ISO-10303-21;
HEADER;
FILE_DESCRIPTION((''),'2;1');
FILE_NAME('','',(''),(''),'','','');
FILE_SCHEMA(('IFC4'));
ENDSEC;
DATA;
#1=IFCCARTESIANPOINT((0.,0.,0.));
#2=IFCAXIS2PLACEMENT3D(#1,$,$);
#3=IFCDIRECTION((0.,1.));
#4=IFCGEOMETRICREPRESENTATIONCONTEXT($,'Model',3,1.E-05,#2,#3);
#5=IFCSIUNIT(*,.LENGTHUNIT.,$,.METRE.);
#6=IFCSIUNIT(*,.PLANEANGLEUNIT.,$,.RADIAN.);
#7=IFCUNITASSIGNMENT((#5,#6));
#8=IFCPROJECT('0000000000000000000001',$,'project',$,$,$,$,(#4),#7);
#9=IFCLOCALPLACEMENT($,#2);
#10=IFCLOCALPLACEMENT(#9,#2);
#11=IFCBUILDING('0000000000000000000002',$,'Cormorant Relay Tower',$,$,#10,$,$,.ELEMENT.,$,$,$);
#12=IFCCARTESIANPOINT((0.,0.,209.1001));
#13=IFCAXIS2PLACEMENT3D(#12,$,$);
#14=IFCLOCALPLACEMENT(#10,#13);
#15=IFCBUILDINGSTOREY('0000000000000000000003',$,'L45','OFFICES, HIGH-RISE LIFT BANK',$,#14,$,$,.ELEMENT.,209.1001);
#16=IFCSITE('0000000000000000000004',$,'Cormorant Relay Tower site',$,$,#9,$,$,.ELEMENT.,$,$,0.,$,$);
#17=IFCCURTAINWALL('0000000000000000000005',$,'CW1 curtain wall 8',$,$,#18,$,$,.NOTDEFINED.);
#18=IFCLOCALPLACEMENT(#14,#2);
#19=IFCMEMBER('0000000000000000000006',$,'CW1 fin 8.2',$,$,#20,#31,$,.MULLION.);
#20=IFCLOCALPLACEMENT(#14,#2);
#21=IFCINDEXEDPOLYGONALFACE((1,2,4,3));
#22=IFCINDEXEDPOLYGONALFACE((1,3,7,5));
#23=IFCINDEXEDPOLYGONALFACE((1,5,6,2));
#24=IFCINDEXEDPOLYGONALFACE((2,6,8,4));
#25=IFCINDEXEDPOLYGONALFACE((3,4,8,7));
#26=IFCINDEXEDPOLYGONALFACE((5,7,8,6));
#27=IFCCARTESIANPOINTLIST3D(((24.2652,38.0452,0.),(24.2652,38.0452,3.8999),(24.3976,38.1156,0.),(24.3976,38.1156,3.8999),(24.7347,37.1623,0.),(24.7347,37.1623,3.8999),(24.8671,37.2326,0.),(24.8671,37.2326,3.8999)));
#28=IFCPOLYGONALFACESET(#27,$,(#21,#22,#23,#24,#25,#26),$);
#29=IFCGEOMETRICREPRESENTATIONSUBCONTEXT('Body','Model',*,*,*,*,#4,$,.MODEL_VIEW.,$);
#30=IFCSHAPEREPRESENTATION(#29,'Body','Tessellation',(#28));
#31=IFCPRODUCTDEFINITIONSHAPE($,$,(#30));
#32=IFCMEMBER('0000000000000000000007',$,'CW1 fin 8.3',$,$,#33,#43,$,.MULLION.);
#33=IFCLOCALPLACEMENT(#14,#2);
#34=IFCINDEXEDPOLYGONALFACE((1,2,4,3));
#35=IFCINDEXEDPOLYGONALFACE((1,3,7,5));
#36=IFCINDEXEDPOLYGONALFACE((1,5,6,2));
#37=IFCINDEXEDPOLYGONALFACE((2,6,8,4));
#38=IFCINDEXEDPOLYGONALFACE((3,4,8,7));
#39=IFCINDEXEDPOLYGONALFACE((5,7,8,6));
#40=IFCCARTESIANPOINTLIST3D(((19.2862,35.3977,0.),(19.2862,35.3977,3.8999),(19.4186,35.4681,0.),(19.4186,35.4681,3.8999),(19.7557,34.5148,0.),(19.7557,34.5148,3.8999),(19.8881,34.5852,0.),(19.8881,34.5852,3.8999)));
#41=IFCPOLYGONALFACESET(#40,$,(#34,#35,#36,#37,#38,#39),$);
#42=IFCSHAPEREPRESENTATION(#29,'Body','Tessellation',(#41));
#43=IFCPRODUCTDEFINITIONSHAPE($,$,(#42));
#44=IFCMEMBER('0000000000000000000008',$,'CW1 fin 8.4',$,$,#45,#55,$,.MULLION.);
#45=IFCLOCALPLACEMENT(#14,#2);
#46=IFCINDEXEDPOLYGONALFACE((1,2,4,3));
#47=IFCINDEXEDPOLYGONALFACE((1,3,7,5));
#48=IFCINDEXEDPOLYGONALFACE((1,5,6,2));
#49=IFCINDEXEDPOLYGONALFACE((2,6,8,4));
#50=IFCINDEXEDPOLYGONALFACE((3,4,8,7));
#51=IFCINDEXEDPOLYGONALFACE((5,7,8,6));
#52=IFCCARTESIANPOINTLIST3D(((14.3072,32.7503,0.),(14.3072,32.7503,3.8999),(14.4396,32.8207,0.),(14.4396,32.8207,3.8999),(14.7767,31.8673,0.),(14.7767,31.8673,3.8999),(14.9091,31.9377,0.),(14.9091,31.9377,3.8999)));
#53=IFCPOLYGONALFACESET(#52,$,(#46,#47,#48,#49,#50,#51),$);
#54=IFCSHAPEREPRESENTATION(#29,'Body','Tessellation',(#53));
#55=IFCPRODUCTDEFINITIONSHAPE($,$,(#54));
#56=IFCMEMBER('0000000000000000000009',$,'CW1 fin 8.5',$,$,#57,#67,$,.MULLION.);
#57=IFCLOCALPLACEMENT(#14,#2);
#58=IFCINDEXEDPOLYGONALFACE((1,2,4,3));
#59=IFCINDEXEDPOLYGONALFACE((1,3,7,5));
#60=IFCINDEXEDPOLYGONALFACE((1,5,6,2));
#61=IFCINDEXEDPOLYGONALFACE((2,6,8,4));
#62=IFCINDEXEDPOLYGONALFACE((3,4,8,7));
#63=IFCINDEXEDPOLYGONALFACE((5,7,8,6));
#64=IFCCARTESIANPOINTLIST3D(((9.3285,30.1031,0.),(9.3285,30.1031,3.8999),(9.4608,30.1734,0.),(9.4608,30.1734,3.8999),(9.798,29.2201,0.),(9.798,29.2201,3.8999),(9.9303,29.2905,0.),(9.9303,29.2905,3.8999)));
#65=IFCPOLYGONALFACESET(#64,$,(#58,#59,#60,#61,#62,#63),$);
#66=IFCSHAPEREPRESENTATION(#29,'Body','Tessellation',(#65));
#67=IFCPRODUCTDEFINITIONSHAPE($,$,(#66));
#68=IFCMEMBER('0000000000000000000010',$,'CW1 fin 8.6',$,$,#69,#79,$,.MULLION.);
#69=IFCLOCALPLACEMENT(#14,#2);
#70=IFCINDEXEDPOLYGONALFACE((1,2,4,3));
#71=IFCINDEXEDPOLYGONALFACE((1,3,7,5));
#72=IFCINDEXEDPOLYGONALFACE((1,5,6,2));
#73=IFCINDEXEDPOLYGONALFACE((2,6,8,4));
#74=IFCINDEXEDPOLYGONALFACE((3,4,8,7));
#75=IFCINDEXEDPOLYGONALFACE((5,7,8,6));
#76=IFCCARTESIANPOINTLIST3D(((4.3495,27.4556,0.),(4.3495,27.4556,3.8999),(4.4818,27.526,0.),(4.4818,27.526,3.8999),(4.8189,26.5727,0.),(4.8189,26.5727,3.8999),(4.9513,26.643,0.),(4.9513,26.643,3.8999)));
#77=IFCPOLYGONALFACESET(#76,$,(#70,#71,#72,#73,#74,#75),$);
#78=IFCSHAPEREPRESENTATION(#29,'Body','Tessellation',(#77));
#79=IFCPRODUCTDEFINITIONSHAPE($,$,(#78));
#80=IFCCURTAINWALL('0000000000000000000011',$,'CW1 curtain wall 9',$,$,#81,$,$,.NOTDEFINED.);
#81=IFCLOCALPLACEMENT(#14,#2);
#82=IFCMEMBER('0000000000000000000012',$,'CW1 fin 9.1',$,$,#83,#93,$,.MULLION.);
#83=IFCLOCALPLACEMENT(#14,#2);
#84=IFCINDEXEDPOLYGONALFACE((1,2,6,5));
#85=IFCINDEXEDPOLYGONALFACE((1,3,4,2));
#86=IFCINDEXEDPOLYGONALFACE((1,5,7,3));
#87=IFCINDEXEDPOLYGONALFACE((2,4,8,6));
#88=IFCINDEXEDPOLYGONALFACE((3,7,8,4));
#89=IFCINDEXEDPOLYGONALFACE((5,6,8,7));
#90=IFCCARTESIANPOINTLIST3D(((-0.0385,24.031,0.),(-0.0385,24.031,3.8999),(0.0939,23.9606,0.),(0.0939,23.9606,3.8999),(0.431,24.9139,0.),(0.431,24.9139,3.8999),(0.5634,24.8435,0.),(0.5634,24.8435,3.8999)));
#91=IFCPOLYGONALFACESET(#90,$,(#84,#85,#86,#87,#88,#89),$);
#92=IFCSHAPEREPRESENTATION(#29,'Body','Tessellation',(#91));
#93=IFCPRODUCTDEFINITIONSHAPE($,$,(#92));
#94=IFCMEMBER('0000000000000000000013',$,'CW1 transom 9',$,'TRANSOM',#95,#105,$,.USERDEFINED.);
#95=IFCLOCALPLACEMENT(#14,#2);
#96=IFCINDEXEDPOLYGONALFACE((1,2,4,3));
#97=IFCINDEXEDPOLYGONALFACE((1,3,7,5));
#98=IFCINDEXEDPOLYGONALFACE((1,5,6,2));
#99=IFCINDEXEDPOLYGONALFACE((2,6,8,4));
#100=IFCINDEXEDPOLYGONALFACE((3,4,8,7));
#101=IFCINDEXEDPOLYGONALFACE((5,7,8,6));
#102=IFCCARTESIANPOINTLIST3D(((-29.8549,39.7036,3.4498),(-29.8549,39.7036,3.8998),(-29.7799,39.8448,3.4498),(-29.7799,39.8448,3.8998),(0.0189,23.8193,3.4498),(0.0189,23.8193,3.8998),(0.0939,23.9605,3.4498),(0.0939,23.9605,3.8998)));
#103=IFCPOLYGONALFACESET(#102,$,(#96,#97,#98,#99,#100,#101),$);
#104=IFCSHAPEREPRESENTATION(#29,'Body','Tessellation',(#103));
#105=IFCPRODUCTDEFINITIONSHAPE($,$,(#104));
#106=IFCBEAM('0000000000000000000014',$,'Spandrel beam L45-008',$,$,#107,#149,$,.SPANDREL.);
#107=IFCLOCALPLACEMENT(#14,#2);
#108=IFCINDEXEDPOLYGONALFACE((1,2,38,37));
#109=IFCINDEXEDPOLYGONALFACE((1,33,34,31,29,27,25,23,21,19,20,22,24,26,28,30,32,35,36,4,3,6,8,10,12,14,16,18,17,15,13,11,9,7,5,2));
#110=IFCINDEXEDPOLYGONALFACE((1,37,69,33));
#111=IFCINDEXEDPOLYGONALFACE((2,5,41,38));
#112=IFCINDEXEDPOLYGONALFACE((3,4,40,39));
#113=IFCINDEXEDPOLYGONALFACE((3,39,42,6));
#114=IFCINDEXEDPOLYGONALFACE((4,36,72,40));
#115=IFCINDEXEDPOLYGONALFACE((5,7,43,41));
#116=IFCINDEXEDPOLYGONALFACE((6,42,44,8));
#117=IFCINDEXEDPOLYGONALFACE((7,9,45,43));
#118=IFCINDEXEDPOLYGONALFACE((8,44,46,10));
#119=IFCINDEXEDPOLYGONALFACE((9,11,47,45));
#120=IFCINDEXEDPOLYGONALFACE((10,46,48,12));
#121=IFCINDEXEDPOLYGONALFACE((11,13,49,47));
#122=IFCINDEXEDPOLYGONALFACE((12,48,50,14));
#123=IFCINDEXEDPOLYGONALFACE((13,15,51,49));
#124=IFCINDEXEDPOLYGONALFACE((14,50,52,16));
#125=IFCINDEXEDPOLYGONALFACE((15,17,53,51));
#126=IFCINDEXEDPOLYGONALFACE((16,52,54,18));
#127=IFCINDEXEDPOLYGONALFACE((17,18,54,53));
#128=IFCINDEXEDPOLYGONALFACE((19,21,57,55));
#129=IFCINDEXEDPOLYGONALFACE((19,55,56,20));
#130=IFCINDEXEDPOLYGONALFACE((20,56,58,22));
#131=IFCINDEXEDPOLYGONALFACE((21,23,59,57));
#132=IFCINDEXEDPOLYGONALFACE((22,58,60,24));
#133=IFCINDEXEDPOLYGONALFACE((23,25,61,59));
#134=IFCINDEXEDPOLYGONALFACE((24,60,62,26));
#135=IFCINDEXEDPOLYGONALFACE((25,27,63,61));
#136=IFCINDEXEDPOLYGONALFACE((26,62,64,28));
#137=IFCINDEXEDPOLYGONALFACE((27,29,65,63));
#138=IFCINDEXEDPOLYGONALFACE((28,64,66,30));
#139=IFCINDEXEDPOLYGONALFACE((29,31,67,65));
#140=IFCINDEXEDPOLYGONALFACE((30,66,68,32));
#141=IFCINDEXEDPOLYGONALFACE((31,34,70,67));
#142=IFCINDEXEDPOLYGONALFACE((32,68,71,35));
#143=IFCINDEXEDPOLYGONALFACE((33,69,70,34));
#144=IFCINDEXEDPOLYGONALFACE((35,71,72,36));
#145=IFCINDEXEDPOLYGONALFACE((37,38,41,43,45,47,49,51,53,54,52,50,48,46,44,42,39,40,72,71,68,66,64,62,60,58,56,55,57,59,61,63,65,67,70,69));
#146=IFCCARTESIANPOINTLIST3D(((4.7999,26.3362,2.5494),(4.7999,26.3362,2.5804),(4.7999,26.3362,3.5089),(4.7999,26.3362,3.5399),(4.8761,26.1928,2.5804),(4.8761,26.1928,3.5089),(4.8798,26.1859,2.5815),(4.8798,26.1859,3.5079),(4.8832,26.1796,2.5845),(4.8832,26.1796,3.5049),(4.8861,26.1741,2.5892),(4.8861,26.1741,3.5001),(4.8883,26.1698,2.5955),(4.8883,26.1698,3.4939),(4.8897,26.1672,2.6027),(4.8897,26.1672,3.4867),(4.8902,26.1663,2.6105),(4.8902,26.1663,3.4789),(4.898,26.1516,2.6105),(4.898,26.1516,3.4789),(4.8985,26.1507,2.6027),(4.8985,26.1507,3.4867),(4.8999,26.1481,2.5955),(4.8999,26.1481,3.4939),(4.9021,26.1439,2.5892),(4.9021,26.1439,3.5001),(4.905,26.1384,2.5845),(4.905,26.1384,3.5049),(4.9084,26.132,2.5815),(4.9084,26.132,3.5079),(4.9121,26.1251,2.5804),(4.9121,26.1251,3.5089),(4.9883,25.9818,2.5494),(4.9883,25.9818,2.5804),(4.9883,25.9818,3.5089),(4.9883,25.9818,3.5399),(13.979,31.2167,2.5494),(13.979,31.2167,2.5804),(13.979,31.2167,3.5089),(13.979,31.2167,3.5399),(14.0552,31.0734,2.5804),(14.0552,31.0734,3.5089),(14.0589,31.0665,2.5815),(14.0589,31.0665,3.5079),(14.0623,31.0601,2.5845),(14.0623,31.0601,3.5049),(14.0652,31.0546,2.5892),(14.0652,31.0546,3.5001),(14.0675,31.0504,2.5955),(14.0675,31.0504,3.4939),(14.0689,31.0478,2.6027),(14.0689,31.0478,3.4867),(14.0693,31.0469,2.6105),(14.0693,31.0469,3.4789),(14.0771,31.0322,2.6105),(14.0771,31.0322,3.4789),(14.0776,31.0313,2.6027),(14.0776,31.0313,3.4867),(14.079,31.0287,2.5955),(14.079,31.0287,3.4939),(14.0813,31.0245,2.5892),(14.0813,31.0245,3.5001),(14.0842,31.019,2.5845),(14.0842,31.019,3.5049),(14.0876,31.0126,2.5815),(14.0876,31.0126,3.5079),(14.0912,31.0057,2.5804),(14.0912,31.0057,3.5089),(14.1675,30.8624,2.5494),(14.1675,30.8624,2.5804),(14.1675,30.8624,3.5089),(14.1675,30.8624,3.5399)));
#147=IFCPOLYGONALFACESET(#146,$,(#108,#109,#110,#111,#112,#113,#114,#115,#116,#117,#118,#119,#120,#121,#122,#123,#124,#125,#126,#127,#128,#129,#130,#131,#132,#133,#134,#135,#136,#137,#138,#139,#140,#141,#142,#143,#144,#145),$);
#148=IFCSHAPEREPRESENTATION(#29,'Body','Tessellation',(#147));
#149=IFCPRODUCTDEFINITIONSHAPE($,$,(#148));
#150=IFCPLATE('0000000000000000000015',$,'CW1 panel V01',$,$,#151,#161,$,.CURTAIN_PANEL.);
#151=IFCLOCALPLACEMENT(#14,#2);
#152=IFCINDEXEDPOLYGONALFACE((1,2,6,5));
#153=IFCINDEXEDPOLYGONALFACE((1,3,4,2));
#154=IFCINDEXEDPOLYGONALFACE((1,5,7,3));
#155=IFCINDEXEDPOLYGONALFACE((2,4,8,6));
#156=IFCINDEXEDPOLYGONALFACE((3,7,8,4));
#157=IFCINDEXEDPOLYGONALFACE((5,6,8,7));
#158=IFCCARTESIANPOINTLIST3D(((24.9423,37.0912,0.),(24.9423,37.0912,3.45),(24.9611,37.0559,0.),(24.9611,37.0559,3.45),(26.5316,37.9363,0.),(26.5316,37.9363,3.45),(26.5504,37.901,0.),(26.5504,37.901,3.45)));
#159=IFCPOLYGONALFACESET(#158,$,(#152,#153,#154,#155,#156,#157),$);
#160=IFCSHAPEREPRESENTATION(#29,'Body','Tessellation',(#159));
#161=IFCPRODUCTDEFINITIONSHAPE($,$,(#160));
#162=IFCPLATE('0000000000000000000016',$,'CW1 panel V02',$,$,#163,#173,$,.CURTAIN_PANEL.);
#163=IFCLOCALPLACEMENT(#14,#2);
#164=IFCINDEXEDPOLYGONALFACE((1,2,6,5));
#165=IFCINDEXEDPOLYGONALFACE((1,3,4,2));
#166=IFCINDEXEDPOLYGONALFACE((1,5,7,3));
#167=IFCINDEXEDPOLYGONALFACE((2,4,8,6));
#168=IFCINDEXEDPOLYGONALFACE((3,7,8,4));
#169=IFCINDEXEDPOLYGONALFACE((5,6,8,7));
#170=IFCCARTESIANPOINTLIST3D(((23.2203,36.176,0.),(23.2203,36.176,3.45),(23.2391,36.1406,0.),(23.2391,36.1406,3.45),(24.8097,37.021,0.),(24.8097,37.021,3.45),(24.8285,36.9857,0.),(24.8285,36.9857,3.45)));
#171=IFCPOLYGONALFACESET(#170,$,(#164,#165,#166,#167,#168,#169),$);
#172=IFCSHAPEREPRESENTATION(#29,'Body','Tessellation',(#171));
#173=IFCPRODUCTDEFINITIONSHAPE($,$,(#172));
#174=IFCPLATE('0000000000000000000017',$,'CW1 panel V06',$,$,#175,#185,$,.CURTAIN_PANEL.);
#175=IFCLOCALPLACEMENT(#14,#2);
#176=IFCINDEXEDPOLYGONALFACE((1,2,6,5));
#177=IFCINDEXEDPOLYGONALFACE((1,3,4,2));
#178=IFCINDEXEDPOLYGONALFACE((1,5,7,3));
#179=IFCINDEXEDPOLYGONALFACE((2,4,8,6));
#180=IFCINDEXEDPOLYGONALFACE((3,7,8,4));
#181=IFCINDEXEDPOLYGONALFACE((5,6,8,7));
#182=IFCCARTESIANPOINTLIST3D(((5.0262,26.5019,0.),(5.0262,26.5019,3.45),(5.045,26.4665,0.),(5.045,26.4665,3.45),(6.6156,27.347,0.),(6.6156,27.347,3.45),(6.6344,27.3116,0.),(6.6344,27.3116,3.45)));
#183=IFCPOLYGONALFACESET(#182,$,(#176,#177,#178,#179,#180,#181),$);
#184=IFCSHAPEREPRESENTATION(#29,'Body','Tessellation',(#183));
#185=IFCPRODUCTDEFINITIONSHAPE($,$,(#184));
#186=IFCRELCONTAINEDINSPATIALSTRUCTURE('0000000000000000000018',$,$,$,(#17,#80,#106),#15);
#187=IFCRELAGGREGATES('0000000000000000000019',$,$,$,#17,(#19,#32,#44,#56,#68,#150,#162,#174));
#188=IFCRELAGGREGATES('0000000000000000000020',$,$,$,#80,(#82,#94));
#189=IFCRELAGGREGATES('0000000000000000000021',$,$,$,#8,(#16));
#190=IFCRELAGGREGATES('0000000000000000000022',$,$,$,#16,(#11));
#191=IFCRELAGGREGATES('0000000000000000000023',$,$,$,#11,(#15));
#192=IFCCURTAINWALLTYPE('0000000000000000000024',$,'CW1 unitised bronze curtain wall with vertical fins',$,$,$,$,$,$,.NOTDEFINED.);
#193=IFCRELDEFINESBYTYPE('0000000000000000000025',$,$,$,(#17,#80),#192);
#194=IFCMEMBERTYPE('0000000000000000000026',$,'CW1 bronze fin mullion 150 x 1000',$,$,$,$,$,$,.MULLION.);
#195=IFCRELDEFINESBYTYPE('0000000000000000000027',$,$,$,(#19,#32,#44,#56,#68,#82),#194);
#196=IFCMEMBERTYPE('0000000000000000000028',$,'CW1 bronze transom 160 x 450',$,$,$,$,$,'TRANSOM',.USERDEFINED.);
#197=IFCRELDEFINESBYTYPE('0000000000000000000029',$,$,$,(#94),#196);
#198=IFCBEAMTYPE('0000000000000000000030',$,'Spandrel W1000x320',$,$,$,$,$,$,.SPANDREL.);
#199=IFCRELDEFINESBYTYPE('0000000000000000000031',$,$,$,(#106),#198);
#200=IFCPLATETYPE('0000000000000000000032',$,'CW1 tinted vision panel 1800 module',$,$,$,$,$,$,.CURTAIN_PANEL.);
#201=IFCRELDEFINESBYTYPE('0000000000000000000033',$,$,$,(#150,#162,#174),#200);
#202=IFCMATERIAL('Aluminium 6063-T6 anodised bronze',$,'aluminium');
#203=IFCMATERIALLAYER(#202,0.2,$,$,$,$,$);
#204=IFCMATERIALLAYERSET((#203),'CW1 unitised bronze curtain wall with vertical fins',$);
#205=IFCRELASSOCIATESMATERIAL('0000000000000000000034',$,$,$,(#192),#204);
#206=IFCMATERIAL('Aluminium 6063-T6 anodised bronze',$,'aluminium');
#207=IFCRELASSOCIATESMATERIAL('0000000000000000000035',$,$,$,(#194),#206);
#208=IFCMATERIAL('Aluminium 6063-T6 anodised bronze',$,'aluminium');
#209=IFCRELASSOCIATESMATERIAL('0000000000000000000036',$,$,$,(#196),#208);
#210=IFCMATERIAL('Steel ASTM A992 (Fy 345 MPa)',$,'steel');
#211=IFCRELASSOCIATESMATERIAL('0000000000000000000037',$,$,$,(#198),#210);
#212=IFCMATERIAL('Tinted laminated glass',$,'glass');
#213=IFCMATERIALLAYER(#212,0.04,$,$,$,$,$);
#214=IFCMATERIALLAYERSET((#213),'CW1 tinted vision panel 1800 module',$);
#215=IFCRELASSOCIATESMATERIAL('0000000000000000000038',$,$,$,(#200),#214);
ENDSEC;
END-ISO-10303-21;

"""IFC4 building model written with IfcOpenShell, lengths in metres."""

from ifc_helpers import new_model, si_unit, direction, frame, origin, origin_2d, place, context, subcontext, project, spatial, rectangle, i_section, extrude, material, layer, layer_set, material_profile, profile_set, type_object, element, aggregate, save


model = new_model("IFC4")

# Units and contexts
model_context = context("Model", 3, precision=1e-05, world=origin(), true_north=direction((0.0, 1.0)))
body_context = subcontext(model_context, "Body", "Model", "MODEL_VIEW")
ifc_project = project(units=[si_unit("LENGTHUNIT", "METRE"), si_unit("PLANEANGLEUNIT", "RADIAN")], contexts=[model_context])

# Site, building, storey
site_placement = place(None, origin())
site = spatial("IfcSite", under=ifc_project, at=site_placement, Name="Cormorant Relay Tower site", CompositionType="ELEMENT", RefElevation=0.0)
building_placement = place(site_placement, origin())
building = spatial("IfcBuilding", under=site, at=building_placement, Name="Cormorant Relay Tower", CompositionType="ELEMENT")
storey_placement = place(building_placement, frame((0.0, 0.0, 209.1001)))
storey = spatial("IfcBuildingStorey", under=building, at=storey_placement, Name="L45", Description="OFFICES, HIGH-RISE LIFT BANK", CompositionType="ELEMENT", Elevation=209.1001)

# Curtain walls, members
ifc_material_1 = material(Name="Aluminium 6063-T6 anodised bronze", Category="aluminium")
ifc_layer_1 = layer(ifc_material_1, 0.2)
ifc_layer_set_1 = layer_set([ifc_layer_1], Name="CW1 unitised bronze curtain wall with vertical fins")
curtain_wall_type = type_object("IfcCurtainWallType", Name="CW1 unitised bronze curtain wall with vertical fins", PredefinedType="NOTDEFINED", material=ifc_layer_set_1)
curtain_wall_1_placement = place(storey_placement, origin())
curtain_wall_1 = element("IfcCurtainWall", 1, at=curtain_wall_1_placement, inside=storey, type_object=curtain_wall_type, Name="CW1 curtain wall 8", PredefinedType="NOTDEFINED")
ifc_material_2 = material(Name="Aluminium 6063-T6 anodised bronze", Category="aluminium")
ifc_material_profile_1 = material_profile(ifc_material_2, rectangle(XDim=0.1499, YDim=1.0, at=origin_2d()), Name="AL 150x1000")
ifc_profile_set_1 = profile_set([ifc_material_profile_1], Name="Aluminium 6063-T6 anodised bronze")
member_type_1 = type_object("IfcMemberType", Name="CW1 bronze fin mullion 150 x 1000", PredefinedType="MULLION", material=ifc_profile_set_1)
member_1_placement = place(storey_placement, frame((24.5662, 37.6389, 0.0), z_axis=(0.0, 0.0, 1.0), x_axis=(-0.882948, -0.469472, 0.0)))
member_1 = element("IfcMember", 2, at=member_1_placement, type_object=member_type_1, Name="CW1 fin 8.2", PredefinedType="MULLION", context=body_context, shape_type="SweptSolid", body=[
    extrude(rectangle(XDim=0.1499, YDim=1.0, at=origin_2d()), origin(), (0.0, 0.0, 1.0), 3.8999),
])
member_2_placement = place(storey_placement, frame((19.5872, 34.9915, 0.0), z_axis=(0.0, 0.0, 1.0), x_axis=(-0.882948, -0.469472, 0.0)))
member_2 = element("IfcMember", 3, at=member_2_placement, type_object=member_type_1, Name="CW1 fin 8.3", PredefinedType="MULLION", context=body_context, shape_type="SweptSolid", body=[
    extrude(rectangle(XDim=0.1499, YDim=1.0, at=origin_2d()), origin(), (0.0, 0.0, 1.0), 3.8999),
])
member_3_placement = place(storey_placement, frame((14.6082, 32.344, 0.0), z_axis=(0.0, 0.0, 1.0), x_axis=(-0.882948, -0.469472, 0.0)))
member_3 = element("IfcMember", 4, at=member_3_placement, type_object=member_type_1, Name="CW1 fin 8.4", PredefinedType="MULLION", context=body_context, shape_type="SweptSolid", body=[
    extrude(rectangle(XDim=0.1499, YDim=1.0, at=origin_2d()), origin(), (0.0, 0.0, 1.0), 3.8999),
])
member_4_placement = place(storey_placement, frame((9.6294, 29.6968, 0.0), z_axis=(0.0, 0.0, 1.0), x_axis=(-0.882948, -0.469472, 0.0)))
member_4 = element("IfcMember", 5, at=member_4_placement, type_object=member_type_1, Name="CW1 fin 8.5", PredefinedType="MULLION", context=body_context, shape_type="SweptSolid", body=[
    extrude(rectangle(XDim=0.1499, YDim=1.0, at=origin_2d()), origin(), (0.0, 0.0, 1.0), 3.8999),
])
member_5_placement = place(storey_placement, frame((4.6504, 27.0493, 0.0), z_axis=(0.0, 0.0, 1.0), x_axis=(-0.882948, -0.469472, 0.0)))
member_5 = element("IfcMember", 6, at=member_5_placement, type_object=member_type_1, Name="CW1 fin 8.6", PredefinedType="MULLION", context=body_context, shape_type="SweptSolid", body=[
    extrude(rectangle(XDim=0.1499, YDim=1.0, at=origin_2d()), origin(), (0.0, 0.0, 1.0), 3.8999),
])
curtain_wall_2_placement = place(storey_placement, origin())
curtain_wall_2 = element("IfcCurtainWall", 7, at=curtain_wall_2_placement, inside=storey, type_object=curtain_wall_type, Name="CW1 curtain wall 9", PredefinedType="NOTDEFINED")
member_6_placement = place(storey_placement, frame((0.2625, 24.4373, 0.0), z_axis=(0.0, 0.0, 1.0), x_axis=(-0.882948, 0.469472, 0.0)))
member_6 = element("IfcMember", 8, at=member_6_placement, type_object=member_type_1, Name="CW1 fin 9.1", PredefinedType="MULLION", context=body_context, shape_type="SweptSolid", body=[
    extrude(rectangle(XDim=0.1499, YDim=1.0, at=origin_2d()), origin(), (0.0, 0.0, 1.0), 3.8999),
])
ifc_material_3 = material(Name="Aluminium 6063-T6 anodised bronze", Category="aluminium")
ifc_material_profile_2 = material_profile(ifc_material_3, rectangle(XDim=0.1599, YDim=0.45, at=origin_2d()), Name="AL 160x450")
ifc_profile_set_2 = profile_set([ifc_material_profile_2], Name="Aluminium 6063-T6 anodised bronze")
member_type_2 = type_object("IfcMemberType", Name="CW1 bronze transom 160 x 450", ElementType="TRANSOM", PredefinedType="USERDEFINED", material=ifc_profile_set_2)
member_7_placement = place(storey_placement, frame((0.0564, 23.8899, 3.6748), z_axis=(-0.882946, 0.469474, 0.0), x_axis=(-0.469474, -0.882946, 0.0)))
member_7 = element("IfcMember", 9, at=member_7_placement, type_object=member_type_2, Name="CW1 transom 9", ObjectType="TRANSOM", PredefinedType="USERDEFINED", context=body_context, shape_type="SweptSolid", body=[
    extrude(rectangle(XDim=0.1599, YDim=0.45, at=origin_2d()), origin(), (0.0, 0.0, 1.0), 33.8342),
])

# Beam
ifc_material_4 = material(Name="Steel ASTM A992 (Fy 345 MPa)", Category="steel")
ifc_material_profile_3 = material_profile(ifc_material_4, i_section(OverallWidth=0.4014, OverallDepth=0.9905, WebThickness=0.0166, FlangeThickness=0.031, FilletRadius=0.03, at=origin_2d()), Name="W1000x320")
ifc_profile_set_3 = profile_set([ifc_material_profile_3], Name="Steel ASTM A992 (Fy 345 MPa)")
beam_type = type_object("IfcBeamType", Name="Spandrel W1000x320", PredefinedType="SPANDREL", material=ifc_profile_set_3)
beam_placement = place(storey_placement, frame((14.0732, 31.0396, 3.0447), z_axis=(-0.88295, -0.469468, 0.0), x_axis=(0.469468, -0.88295, 0.0)))
element("IfcBeam", 10, at=beam_placement, inside=storey, type_object=beam_type, Name="Spandrel beam L45-008", PredefinedType="SPANDREL", context=body_context, shape_type="SweptSolid", body=[
    extrude(i_section(OverallWidth=0.4014, OverallDepth=0.9905, WebThickness=0.0166, FlangeThickness=0.031, FilletRadius=0.03, at=origin_2d()), origin(), (0.0, 0.0, 1.0), 10.396),
])

# Plates
ifc_material_5 = material(Name="Tinted laminated glass", Category="glass")
ifc_layer_2 = layer(ifc_material_5, 0.04)
ifc_layer_set_2 = layer_set([ifc_layer_2], Name="CW1 tinted vision panel 1800 module")
plate_type_1 = type_object("IfcPlateType", Name="CW1 tinted vision panel 1800 module", PredefinedType="CURTAIN_PANEL", material=ifc_layer_set_2)
plate_1_placement = place(storey_placement, frame((25.7463, 37.4961, 0.0), z_axis=(0.0, 0.0, 1.0), x_axis=(-0.882948, -0.469472, 0.0)))
plate_1 = element("IfcPlate", 11, at=plate_1_placement, type_object=plate_type_1, Name="CW1 panel V01", PredefinedType="CURTAIN_PANEL", context=body_context, shape_type="SweptSolid", body=[
    extrude(rectangle(XDim=1.8, YDim=0.04, at=origin_2d()), origin(), (0.0, 0.0, 1.0), 3.45),
])
plate_2_placement = place(storey_placement, frame((24.0244, 36.5808, 0.0), z_axis=(0.0, 0.0, 1.0), x_axis=(-0.882948, -0.469472, 0.0)))
plate_2 = element("IfcPlate", 12, at=plate_2_placement, type_object=plate_type_1, Name="CW1 panel V02", PredefinedType="CURTAIN_PANEL", context=body_context, shape_type="SweptSolid", body=[
    extrude(rectangle(XDim=1.8, YDim=0.04, at=origin_2d()), origin(), (0.0, 0.0, 1.0), 3.45),
])
plate_3_placement = place(storey_placement, frame((5.8303, 26.9067, 0.0), z_axis=(0.0, 0.0, 1.0), x_axis=(-0.882948, -0.469472, 0.0)))
plate_3 = element("IfcPlate", 13, at=plate_3_placement, type_object=plate_type_1, Name="CW1 panel V06", PredefinedType="CURTAIN_PANEL", context=body_context, shape_type="SweptSolid", body=[
    extrude(rectangle(XDim=1.8, YDim=0.04, at=origin_2d()), origin(), (0.0, 0.0, 1.0), 3.45),
])

aggregate(curtain_wall_1, [member_1, member_2, member_3, member_4, member_5, plate_1, plate_2, plate_3])
aggregate(curtain_wall_2, [member_6, member_7])

save(model, "model.ifc")
